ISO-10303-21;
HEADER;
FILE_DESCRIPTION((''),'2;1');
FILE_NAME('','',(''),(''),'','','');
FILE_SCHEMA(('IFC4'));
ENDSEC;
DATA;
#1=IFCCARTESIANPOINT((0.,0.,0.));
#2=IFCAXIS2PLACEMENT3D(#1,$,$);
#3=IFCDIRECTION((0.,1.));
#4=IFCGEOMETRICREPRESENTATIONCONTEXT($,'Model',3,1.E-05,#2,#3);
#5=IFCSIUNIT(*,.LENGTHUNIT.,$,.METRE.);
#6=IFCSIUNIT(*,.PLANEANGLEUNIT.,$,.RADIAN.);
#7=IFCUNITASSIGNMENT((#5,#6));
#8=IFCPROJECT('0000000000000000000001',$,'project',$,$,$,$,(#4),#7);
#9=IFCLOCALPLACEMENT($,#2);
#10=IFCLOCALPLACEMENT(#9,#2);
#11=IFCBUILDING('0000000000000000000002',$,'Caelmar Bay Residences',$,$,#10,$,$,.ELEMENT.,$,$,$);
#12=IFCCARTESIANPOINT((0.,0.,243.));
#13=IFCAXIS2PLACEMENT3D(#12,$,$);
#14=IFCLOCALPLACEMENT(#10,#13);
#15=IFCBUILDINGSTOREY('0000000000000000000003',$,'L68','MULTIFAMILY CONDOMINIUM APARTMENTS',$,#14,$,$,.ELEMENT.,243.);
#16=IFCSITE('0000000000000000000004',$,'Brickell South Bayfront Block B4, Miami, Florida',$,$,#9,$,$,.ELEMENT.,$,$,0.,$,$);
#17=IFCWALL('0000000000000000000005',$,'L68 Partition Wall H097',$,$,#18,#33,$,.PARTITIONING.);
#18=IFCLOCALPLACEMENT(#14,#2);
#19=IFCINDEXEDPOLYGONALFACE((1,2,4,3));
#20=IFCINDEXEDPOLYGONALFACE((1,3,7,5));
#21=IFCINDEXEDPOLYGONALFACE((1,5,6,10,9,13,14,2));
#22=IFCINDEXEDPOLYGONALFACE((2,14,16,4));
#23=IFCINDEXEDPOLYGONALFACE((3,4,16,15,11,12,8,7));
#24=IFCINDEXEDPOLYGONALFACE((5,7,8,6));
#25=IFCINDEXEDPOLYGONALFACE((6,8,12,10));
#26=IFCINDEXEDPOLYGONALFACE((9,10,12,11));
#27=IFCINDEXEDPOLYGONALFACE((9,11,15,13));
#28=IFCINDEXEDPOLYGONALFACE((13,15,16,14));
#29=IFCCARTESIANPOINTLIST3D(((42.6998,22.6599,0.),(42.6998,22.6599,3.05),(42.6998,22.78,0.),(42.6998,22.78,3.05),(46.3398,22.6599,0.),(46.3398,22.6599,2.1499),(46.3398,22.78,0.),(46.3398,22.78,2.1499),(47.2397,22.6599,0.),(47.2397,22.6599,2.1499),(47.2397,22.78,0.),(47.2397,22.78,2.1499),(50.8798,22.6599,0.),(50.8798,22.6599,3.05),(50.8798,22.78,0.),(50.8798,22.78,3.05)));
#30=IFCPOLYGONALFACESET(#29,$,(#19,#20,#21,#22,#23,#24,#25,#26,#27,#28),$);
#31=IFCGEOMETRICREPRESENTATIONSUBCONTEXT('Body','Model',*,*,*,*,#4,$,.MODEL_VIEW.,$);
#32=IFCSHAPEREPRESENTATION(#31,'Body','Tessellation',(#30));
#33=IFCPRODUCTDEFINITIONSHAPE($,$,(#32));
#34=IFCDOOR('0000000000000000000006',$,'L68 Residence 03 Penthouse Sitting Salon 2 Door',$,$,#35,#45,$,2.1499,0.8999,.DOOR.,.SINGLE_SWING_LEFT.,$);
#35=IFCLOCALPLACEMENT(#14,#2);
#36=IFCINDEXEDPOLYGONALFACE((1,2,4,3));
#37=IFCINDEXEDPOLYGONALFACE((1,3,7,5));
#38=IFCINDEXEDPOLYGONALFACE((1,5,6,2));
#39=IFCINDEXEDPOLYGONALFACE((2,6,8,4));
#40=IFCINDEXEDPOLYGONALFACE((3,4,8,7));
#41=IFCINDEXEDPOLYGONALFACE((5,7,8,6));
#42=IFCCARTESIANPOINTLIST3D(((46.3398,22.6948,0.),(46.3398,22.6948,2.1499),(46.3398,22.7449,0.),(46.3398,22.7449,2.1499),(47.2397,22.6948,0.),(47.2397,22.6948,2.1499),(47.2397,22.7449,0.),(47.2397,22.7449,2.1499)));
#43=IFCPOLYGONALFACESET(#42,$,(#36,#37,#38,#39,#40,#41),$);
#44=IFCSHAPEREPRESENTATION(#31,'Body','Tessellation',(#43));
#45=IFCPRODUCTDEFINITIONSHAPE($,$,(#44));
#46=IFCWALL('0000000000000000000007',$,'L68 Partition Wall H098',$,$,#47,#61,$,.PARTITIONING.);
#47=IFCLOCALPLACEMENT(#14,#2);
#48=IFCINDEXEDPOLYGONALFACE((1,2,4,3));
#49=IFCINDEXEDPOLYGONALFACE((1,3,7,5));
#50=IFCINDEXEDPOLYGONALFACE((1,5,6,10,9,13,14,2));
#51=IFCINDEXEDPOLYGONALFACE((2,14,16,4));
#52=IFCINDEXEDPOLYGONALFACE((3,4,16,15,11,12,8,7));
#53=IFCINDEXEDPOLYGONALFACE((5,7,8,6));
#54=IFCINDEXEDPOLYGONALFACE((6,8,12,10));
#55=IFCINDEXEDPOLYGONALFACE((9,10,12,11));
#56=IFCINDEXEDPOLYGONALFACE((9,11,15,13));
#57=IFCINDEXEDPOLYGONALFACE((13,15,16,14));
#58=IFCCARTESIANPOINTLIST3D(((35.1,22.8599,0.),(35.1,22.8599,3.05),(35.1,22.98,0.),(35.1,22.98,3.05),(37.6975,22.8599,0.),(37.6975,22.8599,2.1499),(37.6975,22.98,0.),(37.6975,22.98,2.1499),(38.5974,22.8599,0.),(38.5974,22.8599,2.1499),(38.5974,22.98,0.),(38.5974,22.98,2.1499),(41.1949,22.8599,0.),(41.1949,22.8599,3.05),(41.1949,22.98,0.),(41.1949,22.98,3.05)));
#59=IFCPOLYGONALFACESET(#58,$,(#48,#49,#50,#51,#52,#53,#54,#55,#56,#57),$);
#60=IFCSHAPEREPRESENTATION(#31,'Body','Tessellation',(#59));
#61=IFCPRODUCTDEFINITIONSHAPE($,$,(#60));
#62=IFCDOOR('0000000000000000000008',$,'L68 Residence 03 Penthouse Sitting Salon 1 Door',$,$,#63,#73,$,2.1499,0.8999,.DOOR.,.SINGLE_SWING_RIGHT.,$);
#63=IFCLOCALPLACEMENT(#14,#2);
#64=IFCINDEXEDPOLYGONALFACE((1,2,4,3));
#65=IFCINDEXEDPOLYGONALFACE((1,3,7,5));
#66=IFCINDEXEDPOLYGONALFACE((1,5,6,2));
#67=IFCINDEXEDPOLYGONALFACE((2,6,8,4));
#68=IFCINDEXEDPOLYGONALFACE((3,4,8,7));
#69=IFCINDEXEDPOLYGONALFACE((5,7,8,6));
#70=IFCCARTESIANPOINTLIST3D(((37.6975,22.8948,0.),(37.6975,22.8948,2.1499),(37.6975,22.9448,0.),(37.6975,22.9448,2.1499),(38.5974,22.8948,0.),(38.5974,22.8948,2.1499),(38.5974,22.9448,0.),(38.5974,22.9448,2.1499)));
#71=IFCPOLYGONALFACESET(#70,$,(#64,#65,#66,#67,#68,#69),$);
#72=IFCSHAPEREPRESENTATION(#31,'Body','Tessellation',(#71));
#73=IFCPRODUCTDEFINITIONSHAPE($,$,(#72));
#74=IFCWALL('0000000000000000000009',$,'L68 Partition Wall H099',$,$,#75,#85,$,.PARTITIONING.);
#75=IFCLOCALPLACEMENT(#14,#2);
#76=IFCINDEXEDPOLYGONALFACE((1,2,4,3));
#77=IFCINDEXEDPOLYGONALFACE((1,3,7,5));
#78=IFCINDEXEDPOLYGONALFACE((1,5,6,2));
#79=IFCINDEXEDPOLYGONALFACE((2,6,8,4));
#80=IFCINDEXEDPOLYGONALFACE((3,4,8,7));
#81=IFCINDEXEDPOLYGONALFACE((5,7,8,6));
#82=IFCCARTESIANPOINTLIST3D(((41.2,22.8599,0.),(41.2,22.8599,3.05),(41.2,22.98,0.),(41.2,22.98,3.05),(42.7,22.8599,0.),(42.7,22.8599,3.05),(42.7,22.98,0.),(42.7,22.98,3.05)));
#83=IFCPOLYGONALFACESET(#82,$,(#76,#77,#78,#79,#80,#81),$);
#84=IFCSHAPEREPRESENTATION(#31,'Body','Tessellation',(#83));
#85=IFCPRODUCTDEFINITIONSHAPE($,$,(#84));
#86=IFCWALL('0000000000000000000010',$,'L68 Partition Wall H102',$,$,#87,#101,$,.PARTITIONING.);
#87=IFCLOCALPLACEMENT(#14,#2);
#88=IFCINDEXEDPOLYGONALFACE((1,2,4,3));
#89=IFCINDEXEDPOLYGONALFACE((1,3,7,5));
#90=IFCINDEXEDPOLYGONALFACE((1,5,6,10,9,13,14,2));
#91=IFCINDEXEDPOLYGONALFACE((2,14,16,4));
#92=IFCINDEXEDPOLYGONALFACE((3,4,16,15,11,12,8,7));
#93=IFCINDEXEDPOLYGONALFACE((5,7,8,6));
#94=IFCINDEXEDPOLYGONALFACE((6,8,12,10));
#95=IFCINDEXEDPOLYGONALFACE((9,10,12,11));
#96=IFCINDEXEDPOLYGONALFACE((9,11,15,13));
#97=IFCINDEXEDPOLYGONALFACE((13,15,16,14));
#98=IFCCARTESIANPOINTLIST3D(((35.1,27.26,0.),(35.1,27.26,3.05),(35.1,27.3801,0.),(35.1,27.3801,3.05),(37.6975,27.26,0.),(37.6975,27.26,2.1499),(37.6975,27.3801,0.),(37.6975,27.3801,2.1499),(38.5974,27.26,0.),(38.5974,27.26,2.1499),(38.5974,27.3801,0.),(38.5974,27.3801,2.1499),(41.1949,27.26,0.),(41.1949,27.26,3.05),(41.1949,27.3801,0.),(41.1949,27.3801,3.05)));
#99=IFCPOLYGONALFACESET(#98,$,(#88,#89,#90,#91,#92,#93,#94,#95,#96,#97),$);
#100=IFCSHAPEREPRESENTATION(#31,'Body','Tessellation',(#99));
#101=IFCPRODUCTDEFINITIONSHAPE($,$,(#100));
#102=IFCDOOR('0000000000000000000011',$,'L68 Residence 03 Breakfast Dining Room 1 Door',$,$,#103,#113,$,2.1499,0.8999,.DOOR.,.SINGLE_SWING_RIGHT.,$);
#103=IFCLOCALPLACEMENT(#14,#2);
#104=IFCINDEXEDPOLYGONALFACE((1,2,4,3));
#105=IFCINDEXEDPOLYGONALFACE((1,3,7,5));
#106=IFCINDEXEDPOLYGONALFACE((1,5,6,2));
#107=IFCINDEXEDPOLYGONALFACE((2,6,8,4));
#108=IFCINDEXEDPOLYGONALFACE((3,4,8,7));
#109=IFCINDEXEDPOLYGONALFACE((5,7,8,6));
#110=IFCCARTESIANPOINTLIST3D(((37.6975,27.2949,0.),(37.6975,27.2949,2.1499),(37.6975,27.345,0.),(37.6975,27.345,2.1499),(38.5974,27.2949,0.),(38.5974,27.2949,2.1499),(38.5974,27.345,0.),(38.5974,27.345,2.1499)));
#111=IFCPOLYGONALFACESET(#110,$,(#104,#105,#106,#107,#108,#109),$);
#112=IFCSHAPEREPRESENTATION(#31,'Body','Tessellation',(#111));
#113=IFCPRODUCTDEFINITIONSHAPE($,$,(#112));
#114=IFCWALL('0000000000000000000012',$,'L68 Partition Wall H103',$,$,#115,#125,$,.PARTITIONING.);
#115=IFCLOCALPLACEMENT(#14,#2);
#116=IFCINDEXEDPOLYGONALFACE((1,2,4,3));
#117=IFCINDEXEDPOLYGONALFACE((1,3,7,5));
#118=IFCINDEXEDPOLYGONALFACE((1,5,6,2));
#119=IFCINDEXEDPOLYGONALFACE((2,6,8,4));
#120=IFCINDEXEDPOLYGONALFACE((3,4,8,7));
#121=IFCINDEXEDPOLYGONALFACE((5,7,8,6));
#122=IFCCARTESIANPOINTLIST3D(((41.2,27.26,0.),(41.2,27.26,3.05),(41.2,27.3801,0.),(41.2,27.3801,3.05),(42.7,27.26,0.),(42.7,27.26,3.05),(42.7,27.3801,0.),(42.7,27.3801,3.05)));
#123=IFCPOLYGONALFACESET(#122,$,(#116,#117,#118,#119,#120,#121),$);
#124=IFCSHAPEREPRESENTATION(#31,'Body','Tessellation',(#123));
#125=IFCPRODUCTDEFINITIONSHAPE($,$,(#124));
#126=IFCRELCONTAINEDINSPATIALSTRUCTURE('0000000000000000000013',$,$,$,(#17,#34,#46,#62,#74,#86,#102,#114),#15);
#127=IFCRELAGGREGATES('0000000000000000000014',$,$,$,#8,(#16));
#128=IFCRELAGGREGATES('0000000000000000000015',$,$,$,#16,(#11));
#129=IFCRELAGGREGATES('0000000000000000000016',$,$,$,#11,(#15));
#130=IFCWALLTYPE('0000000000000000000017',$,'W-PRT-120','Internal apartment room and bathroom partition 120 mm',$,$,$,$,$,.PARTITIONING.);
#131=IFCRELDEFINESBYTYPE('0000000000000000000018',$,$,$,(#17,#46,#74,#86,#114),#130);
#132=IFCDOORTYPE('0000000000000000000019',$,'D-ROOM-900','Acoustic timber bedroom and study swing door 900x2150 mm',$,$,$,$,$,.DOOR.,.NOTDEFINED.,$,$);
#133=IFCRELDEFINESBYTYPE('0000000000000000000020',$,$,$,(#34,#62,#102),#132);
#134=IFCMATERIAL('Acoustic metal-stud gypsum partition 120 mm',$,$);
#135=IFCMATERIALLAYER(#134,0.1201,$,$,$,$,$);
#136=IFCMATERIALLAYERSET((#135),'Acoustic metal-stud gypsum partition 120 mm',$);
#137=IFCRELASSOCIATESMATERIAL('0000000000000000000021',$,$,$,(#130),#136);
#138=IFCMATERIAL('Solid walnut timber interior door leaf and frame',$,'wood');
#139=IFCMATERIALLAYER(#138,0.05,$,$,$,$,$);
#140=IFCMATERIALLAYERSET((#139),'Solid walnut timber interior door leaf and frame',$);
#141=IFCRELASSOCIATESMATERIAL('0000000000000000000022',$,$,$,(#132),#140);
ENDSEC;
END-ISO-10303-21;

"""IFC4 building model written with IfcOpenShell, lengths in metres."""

from ifc_helpers import new_model, si_unit, direction, frame, frame_2d, origin, place, context, subcontext, project, spatial, rectangle, extrude, material, layer, layer_set, type_object, element, fill, save


model = new_model("IFC4")

# Units and contexts
model_context = context("Model", 3, precision=1e-05, world=origin(), true_north=direction((0.0, 1.0)))
body_context = subcontext(model_context, "Body", "Model", "MODEL_VIEW")
ifc_project = project(units=[si_unit("LENGTHUNIT", "METRE"), si_unit("PLANEANGLEUNIT", "RADIAN")], contexts=[model_context])

# Site, building, storey
site_placement = place(None, origin())
site = spatial("IfcSite", under=ifc_project, at=site_placement, Name="Brickell South Bayfront Block B4, Miami, Florida", CompositionType="ELEMENT", RefElevation=0.0)
building_placement = place(site_placement, origin())
building = spatial("IfcBuilding", under=site, at=building_placement, Name="Caelmar Bay Residences", CompositionType="ELEMENT")
storey_placement = place(building_placement, frame((0.0, 0.0, 243.0)))
storey = spatial("IfcBuildingStorey", under=building, at=storey_placement, Name="L68", Description="MULTIFAMILY CONDOMINIUM APARTMENTS", CompositionType="ELEMENT", Elevation=243.0)

# Shared definitions
ifc_material_1 = material(Name="Acoustic metal-stud gypsum partition 120 mm")
ifc_layer_1 = layer(ifc_material_1, 0.1201)
ifc_layer_set_1 = layer_set([ifc_layer_1], Name="Acoustic metal-stud gypsum partition 120 mm")
wall_type = type_object("IfcWallType", Name="W-PRT-120", Description="Internal apartment room and bathroom partition 120 mm", PredefinedType="PARTITIONING", material=ifc_layer_set_1)

# Shared definitions
ifc_material_2 = material(Name="Solid walnut timber interior door leaf and frame", Category="wood")

# Walls, openings, doors
wall_1_placement = place(storey_placement, frame((42.7, 22.72, 0.0), z_axis=(0.0, 0.0, 1.0), x_axis=(1.0, 0.0, 0.0)))
wall_1 = element("IfcWall", 1, at=wall_1_placement, inside=storey, type_object=wall_type, Name="L68 Partition Wall H097", PredefinedType="PARTITIONING", context=body_context, shape_type="SweptSolid", body=[
    extrude(rectangle(XDim=8.1799, YDim=0.1201, at=frame_2d((4.0898, 0.0))), origin(), (0.0, 0.0, 1.0), 3.05),
])
opening_1_placement = place(wall_1_placement, frame((3.6399, 0.0, 0.0)))
opening_1 = element("IfcOpeningElement", 2, at=opening_1_placement, cuts=wall_1, PredefinedType="OPENING", context=body_context, shape_type="SweptSolid", body=[
    extrude(rectangle(XDim=0.8999, YDim=2.1499, at=frame_2d((0.45, 1.075))), frame((0.0, 0.0701, 0.0), z_axis=(0.0, -1.0, 0.0), x_axis=(1.0, 0.0, 0.0)), (0.0, 0.0, 1.0), 0.1401),
])
ifc_layer_2 = layer(ifc_material_2, 0.05)
ifc_layer_set_2 = layer_set([ifc_layer_2], Name="Solid walnut timber interior door leaf and frame")
door_type_1 = type_object("IfcDoorType", Name="D-ROOM-900", Description="Acoustic timber bedroom and study swing door 900x2150 mm", OperationType="NOTDEFINED", PredefinedType="DOOR", material=ifc_layer_set_2)
door_1_placement = place(opening_1_placement, origin())
door_1 = element("IfcDoor", 3, at=door_1_placement, inside=storey, type_object=door_type_1, Name="L68 Residence 03 Penthouse Sitting Salon 2 Door", OperationType="SINGLE_SWING_LEFT", OverallHeight=2.1499, OverallWidth=0.8999, PredefinedType="DOOR", context=body_context, shape_type="SweptSolid", body=[
    extrude(rectangle(XDim=0.8999, YDim=2.1499, at=frame_2d((0.45, 1.075))), frame((0.0, 0.0249, 0.0), z_axis=(0.0, -1.0, 0.0), x_axis=(1.0, 0.0, 0.0)), (0.0, 0.0, 1.0), 0.05),
])
fill(opening_1, door_1)
wall_2_placement = place(storey_placement, frame((35.1001, 22.9199, 0.0), z_axis=(0.0, 0.0, 1.0), x_axis=(1.0, 0.0, 0.0)))
wall_2 = element("IfcWall", 4, at=wall_2_placement, inside=storey, type_object=wall_type, Name="L68 Partition Wall H098", PredefinedType="PARTITIONING", context=body_context, shape_type="SweptSolid", body=[
    extrude(rectangle(XDim=6.095, YDim=0.1201, at=frame_2d((3.0474, 0.0))), origin(), (0.0, 0.0, 1.0), 3.05),
])
opening_2_placement = place(wall_2_placement, frame((2.5974, 0.0, 0.0)))
opening_2 = element("IfcOpeningElement", 5, at=opening_2_placement, cuts=wall_2, PredefinedType="OPENING", context=body_context, shape_type="SweptSolid", body=[
    extrude(rectangle(XDim=0.8999, YDim=2.1499, at=frame_2d((0.45, 1.075))), frame((0.0, 0.0701, 0.0), z_axis=(0.0, -1.0, 0.0), x_axis=(1.0, 0.0, 0.0)), (0.0, 0.0, 1.0), 0.1401),
])
door_2_placement = place(opening_2_placement, origin())
door_2 = element("IfcDoor", 6, at=door_2_placement, inside=storey, type_object=door_type_1, Name="L68 Residence 03 Penthouse Sitting Salon 1 Door", OperationType="SINGLE_SWING_RIGHT", OverallHeight=2.1499, OverallWidth=0.8999, PredefinedType="DOOR", context=body_context, shape_type="SweptSolid", body=[
    extrude(rectangle(XDim=0.8999, YDim=2.1499, at=frame_2d((0.45, 1.075))), frame((0.0, 0.0249, 0.0), z_axis=(0.0, -1.0, 0.0), x_axis=(1.0, 0.0, 0.0)), (0.0, 0.0, 1.0), 0.05),
])
fill(opening_2, door_2)

# Wall
wall_3_placement = place(storey_placement, frame((41.2, 22.9199, 0.0), z_axis=(0.0, 0.0, 1.0), x_axis=(1.0, 0.0, 0.0)))
element("IfcWall", 7, at=wall_3_placement, inside=storey, type_object=wall_type, Name="L68 Partition Wall H099", PredefinedType="PARTITIONING", context=body_context, shape_type="SweptSolid", body=[
    extrude(rectangle(XDim=1.5, YDim=0.1201, at=frame_2d((0.75, 0.0))), origin(), (0.0, 0.0, 1.0), 3.05),
])

# Wall, opening, door
wall_4_placement = place(storey_placement, frame((35.1001, 27.3201, 0.0), z_axis=(0.0, 0.0, 1.0), x_axis=(1.0, 0.0, 0.0)))
wall_4 = element("IfcWall", 8, at=wall_4_placement, inside=storey, type_object=wall_type, Name="L68 Partition Wall H102", PredefinedType="PARTITIONING", context=body_context, shape_type="SweptSolid", body=[
    extrude(rectangle(XDim=6.095, YDim=0.1201, at=frame_2d((3.0474, 0.0))), origin(), (0.0, 0.0, 1.0), 3.05),
])
opening_3_placement = place(wall_4_placement, frame((2.5974, 0.0, 0.0)))
opening_3 = element("IfcOpeningElement", 9, at=opening_3_placement, cuts=wall_4, PredefinedType="OPENING", context=body_context, shape_type="SweptSolid", body=[
    extrude(rectangle(XDim=0.8999, YDim=2.1499, at=frame_2d((0.45, 1.075))), frame((0.0, 0.0701, 0.0), z_axis=(0.0, -1.0, 0.0), x_axis=(1.0, 0.0, 0.0)), (0.0, 0.0, 1.0), 0.1401),
])
door_3_placement = place(opening_3_placement, origin())
door_3 = element("IfcDoor", 10, at=door_3_placement, inside=storey, type_object=door_type_1, Name="L68 Residence 03 Breakfast Dining Room 1 Door", OperationType="SINGLE_SWING_RIGHT", OverallHeight=2.1499, OverallWidth=0.8999, PredefinedType="DOOR", context=body_context, shape_type="SweptSolid", body=[
    extrude(rectangle(XDim=0.8999, YDim=2.1499, at=frame_2d((0.45, 1.075))), frame((0.0, 0.0249, 0.0), z_axis=(0.0, -1.0, 0.0), x_axis=(1.0, 0.0, 0.0)), (0.0, 0.0, 1.0), 0.05),
])
fill(opening_3, door_3)

# Wall
wall_5_placement = place(storey_placement, frame((41.2, 27.3201, 0.0), z_axis=(0.0, 0.0, 1.0), x_axis=(1.0, 0.0, 0.0)))
element("IfcWall", 11, at=wall_5_placement, inside=storey, type_object=wall_type, Name="L68 Partition Wall H103", PredefinedType="PARTITIONING", context=body_context, shape_type="SweptSolid", body=[
    extrude(rectangle(XDim=1.5, YDim=0.1201, at=frame_2d((0.75, 0.0))), origin(), (0.0, 0.0, 1.0), 3.05),
])

save(model, "model.ifc")
